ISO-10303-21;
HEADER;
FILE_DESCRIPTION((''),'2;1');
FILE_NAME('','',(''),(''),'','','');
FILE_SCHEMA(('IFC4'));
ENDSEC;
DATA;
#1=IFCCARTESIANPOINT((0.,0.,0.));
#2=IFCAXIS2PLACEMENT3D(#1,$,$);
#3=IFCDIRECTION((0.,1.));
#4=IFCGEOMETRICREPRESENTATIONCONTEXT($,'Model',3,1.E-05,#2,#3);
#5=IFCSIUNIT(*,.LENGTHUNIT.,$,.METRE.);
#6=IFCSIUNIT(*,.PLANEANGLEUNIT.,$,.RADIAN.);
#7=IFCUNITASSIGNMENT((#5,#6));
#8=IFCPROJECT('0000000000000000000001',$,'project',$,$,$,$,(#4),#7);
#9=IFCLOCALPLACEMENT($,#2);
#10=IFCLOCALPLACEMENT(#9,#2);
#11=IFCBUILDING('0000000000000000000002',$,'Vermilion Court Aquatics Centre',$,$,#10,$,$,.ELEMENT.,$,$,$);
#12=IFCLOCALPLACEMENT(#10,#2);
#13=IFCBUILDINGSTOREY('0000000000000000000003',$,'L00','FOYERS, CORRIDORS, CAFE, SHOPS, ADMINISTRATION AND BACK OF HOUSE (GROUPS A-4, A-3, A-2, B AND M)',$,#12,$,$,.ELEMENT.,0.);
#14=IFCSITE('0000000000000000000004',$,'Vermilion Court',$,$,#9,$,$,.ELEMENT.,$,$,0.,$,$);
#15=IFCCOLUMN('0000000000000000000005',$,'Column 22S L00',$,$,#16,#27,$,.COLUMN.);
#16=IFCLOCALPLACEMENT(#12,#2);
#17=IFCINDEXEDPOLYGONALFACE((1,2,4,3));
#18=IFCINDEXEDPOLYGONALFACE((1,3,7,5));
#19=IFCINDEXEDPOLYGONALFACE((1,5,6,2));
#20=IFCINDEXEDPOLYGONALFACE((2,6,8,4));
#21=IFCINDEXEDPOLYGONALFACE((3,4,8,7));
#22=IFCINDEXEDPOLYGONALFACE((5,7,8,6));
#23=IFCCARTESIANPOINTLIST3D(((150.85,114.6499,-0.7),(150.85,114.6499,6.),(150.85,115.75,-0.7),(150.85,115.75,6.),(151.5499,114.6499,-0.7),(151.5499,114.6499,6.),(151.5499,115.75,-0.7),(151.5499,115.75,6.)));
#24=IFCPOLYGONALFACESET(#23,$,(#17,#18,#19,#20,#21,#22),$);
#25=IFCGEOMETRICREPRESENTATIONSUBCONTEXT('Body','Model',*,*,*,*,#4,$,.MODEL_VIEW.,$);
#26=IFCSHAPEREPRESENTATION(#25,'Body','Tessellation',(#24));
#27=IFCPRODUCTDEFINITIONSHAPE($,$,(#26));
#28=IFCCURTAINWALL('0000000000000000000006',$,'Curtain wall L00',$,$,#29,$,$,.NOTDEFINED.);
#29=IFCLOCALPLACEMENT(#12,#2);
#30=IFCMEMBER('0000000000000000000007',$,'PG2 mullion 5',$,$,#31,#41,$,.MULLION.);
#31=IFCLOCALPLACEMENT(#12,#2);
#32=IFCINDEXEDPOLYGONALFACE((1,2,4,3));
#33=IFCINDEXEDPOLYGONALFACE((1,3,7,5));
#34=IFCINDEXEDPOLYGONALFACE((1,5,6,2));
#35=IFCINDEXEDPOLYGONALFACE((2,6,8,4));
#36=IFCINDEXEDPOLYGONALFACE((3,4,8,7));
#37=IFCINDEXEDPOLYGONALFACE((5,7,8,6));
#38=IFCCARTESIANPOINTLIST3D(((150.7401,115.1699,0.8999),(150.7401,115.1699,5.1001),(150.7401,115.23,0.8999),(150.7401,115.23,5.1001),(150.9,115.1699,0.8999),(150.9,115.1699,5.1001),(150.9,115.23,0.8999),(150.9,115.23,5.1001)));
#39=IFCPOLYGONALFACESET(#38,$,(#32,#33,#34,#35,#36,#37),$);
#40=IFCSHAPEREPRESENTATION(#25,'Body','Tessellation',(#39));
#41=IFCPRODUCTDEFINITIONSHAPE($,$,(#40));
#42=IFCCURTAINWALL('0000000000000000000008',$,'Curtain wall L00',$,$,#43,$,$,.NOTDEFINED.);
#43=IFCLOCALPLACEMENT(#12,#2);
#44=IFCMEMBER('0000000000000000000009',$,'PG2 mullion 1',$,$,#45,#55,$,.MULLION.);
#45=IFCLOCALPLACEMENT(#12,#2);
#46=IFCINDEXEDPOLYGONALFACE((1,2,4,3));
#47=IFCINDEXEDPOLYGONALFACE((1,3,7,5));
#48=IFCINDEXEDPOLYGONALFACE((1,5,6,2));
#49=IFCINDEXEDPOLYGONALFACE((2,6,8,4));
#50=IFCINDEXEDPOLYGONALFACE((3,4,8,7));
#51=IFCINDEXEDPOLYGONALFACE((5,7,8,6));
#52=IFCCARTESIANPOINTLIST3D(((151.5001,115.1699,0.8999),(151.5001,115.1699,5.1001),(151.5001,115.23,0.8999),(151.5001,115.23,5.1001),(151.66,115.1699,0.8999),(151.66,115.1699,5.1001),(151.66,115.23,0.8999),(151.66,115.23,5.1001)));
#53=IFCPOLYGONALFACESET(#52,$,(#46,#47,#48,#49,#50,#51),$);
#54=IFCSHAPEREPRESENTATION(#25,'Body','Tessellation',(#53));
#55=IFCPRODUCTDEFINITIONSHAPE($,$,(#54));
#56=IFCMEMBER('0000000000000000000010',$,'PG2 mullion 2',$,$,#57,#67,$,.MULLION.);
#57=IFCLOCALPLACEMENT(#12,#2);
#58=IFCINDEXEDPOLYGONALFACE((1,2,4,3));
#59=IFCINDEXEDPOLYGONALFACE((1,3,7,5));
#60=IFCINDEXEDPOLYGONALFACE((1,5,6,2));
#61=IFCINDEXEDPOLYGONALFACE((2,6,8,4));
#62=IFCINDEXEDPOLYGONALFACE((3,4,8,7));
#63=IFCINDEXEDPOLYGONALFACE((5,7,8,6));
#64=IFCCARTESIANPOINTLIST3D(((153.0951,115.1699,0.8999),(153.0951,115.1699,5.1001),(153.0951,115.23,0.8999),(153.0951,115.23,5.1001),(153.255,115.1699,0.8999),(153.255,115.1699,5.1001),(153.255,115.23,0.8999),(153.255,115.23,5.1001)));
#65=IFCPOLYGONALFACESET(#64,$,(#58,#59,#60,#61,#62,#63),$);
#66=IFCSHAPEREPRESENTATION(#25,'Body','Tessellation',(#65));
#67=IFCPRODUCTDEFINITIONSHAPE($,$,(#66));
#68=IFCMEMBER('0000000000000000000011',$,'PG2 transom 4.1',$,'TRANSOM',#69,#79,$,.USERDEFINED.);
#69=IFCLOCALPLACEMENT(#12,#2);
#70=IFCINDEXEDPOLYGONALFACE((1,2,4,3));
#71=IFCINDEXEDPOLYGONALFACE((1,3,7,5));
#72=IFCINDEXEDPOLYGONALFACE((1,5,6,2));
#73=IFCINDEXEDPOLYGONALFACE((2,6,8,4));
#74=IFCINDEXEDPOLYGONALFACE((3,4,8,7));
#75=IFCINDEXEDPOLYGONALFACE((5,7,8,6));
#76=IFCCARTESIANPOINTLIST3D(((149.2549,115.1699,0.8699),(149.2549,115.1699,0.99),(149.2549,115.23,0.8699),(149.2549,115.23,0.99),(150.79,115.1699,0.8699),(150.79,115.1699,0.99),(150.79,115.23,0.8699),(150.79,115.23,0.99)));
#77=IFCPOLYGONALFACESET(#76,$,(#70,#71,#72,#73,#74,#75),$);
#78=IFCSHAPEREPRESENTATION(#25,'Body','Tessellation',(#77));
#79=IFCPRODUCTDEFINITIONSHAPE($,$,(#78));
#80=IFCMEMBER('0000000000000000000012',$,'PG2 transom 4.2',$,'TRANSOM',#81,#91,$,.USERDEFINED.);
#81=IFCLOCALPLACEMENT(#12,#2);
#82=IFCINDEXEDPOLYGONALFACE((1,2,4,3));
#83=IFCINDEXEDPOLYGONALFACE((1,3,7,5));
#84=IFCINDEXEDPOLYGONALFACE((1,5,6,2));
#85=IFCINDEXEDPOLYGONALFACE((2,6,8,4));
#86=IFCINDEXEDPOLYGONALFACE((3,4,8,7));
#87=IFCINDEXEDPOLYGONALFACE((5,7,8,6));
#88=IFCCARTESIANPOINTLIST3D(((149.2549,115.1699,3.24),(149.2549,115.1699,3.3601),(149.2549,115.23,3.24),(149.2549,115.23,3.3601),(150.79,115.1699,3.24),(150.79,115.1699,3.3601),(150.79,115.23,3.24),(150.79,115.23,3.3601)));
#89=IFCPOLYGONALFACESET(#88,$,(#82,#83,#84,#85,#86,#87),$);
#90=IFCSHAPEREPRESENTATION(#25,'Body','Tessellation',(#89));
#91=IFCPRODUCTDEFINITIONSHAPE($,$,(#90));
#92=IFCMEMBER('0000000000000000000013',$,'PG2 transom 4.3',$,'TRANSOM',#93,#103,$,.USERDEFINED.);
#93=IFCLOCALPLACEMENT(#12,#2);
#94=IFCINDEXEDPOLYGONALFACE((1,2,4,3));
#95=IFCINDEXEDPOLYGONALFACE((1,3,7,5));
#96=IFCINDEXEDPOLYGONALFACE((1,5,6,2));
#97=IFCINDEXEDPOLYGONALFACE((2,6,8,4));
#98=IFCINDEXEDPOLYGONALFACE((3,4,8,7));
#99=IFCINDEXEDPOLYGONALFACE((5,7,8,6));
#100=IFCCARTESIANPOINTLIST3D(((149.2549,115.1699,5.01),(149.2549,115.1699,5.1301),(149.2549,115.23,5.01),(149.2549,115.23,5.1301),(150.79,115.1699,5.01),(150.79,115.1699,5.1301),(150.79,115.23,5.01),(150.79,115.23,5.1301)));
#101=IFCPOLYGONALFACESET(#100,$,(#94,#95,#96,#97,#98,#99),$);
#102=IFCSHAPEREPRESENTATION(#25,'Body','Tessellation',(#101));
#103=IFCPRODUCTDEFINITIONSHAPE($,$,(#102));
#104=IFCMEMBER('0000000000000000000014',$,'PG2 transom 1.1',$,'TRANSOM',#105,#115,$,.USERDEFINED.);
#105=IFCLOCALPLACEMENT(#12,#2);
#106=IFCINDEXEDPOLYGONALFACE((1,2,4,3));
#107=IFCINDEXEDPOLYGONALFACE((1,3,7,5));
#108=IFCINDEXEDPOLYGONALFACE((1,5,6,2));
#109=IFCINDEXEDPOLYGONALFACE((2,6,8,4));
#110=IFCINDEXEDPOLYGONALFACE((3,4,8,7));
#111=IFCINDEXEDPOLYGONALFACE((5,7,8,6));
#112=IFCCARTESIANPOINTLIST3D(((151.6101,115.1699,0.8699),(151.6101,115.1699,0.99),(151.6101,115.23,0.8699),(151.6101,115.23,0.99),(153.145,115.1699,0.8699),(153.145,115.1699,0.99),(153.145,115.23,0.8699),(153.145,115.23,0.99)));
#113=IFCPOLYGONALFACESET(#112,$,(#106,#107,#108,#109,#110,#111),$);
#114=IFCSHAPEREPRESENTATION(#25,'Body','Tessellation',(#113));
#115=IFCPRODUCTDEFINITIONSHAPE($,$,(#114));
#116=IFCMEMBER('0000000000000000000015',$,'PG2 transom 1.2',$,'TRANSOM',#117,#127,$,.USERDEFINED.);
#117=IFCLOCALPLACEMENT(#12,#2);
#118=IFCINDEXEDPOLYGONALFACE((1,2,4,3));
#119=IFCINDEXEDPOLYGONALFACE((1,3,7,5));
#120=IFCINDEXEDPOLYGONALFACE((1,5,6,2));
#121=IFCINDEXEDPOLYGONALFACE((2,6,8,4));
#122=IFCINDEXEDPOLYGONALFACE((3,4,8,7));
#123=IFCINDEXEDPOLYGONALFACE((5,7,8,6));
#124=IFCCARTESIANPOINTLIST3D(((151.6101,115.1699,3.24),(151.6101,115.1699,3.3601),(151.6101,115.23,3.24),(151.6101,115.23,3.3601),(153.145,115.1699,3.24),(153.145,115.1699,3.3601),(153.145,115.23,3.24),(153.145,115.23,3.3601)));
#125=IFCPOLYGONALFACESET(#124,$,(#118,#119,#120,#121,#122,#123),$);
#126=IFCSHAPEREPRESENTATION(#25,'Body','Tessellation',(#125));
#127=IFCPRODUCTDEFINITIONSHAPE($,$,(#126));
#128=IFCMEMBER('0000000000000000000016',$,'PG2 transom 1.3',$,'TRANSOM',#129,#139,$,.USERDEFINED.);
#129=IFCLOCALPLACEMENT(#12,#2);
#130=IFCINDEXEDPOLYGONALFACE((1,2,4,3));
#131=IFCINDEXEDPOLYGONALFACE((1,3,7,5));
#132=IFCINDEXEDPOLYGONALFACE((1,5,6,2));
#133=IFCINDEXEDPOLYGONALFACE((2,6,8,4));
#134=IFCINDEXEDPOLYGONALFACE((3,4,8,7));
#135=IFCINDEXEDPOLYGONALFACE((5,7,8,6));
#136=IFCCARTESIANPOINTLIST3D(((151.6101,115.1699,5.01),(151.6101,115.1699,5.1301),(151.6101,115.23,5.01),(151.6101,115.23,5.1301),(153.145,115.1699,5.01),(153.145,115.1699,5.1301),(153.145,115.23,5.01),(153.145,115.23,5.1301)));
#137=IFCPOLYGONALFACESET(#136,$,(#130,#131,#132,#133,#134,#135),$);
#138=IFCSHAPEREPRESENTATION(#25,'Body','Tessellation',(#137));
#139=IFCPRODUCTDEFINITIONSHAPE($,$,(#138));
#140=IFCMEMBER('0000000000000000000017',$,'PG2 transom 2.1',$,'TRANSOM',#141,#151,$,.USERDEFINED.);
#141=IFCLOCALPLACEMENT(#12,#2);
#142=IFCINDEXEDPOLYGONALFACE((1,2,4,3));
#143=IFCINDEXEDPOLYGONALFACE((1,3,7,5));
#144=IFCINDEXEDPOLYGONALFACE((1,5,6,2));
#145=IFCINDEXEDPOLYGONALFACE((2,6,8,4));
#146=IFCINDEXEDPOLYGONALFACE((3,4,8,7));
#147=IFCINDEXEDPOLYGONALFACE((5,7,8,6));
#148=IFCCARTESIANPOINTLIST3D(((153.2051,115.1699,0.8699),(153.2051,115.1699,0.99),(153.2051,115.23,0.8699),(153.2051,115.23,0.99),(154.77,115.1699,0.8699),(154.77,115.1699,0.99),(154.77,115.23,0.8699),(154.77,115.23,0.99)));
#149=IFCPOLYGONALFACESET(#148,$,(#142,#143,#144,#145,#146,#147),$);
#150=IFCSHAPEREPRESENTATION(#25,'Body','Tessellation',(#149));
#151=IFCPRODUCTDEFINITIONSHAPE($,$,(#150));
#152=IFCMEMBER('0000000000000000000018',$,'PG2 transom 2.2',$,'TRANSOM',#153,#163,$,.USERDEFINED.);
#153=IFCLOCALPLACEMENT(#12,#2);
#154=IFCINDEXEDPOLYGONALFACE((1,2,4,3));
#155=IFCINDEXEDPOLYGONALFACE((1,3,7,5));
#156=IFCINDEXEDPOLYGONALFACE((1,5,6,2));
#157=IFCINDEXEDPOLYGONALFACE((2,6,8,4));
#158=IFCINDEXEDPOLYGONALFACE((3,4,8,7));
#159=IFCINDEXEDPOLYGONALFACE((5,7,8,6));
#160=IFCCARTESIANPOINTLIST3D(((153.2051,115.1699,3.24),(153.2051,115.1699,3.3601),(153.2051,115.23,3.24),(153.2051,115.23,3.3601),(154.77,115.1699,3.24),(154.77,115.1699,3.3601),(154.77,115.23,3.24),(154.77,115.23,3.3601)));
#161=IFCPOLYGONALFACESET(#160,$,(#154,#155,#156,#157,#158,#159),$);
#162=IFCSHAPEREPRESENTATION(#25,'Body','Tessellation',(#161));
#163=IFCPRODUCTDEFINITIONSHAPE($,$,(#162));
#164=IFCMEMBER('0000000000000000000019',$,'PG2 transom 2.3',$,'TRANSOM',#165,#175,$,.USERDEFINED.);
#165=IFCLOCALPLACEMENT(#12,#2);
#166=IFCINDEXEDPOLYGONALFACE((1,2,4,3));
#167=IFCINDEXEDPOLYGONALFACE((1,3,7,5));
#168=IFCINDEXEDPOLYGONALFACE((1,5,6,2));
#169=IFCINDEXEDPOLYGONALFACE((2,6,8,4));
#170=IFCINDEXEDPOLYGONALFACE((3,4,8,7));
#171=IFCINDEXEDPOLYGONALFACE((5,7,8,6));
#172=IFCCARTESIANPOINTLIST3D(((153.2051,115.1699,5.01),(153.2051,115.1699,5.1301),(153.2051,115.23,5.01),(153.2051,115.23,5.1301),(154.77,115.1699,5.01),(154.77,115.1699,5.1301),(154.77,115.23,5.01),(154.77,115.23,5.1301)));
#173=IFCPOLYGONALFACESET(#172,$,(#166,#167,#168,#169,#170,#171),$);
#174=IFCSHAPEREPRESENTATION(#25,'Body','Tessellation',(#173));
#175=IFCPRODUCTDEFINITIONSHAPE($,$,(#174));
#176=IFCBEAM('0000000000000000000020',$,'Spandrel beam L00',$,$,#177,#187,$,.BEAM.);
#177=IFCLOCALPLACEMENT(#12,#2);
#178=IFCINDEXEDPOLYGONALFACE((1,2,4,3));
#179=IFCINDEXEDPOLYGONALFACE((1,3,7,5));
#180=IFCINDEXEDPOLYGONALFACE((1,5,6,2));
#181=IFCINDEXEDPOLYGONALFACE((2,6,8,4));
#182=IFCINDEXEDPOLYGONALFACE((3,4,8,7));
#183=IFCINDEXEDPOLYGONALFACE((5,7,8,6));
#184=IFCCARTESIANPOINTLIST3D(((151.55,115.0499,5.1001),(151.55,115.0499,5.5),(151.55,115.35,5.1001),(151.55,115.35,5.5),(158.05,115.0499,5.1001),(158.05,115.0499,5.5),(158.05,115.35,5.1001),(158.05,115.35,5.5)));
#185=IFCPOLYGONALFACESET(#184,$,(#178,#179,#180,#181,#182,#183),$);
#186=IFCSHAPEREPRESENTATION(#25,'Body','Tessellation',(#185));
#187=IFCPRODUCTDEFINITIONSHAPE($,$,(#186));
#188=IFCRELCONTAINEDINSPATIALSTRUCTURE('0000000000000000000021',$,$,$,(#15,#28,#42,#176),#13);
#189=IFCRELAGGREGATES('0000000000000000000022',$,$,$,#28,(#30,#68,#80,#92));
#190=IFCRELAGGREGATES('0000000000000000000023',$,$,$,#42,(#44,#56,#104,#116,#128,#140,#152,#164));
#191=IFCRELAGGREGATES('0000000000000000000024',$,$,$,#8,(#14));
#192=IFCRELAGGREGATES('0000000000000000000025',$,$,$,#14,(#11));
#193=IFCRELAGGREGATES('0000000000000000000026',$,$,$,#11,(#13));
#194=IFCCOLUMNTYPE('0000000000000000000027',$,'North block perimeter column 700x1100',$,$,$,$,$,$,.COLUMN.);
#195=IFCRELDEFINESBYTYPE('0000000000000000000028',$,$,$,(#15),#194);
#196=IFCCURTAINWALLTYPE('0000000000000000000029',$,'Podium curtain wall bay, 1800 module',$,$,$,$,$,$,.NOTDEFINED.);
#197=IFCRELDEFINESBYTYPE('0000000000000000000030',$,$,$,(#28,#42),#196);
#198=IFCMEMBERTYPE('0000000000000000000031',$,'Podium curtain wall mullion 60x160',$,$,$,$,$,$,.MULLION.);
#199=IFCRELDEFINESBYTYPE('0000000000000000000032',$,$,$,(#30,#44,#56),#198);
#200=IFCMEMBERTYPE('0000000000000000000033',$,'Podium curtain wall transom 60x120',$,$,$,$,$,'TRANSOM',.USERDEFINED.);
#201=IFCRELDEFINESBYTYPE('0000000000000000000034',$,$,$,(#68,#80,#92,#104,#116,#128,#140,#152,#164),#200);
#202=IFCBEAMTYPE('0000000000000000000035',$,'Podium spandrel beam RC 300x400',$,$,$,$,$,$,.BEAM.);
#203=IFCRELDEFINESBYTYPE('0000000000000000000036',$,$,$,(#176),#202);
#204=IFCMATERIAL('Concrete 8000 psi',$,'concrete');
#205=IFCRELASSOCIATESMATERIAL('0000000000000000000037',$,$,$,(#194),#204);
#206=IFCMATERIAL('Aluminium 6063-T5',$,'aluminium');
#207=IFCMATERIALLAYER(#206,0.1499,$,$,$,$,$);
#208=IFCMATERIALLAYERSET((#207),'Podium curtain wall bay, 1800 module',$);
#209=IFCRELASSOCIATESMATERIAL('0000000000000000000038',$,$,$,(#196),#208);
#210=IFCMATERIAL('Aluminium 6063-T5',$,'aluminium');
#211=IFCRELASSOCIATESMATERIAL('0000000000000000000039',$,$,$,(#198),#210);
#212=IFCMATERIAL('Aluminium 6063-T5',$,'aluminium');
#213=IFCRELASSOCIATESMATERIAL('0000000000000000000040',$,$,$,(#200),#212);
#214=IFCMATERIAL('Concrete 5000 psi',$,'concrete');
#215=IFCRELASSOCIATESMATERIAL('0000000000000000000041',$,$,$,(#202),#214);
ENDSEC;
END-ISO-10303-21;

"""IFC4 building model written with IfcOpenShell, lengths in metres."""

from ifc_helpers import new_model, si_unit, direction, frame, origin, origin_2d, place, context, subcontext, project, spatial, rectangle, extrude, material, layer, layer_set, material_profile, profile_set, type_object, element, aggregate, save


model = new_model("IFC4")

# Units and contexts
model_context = context("Model", 3, precision=1e-05, world=origin(), true_north=direction((0.0, 1.0)))
body_context = subcontext(model_context, "Body", "Model", "MODEL_VIEW")
ifc_project = project(units=[si_unit("LENGTHUNIT", "METRE"), si_unit("PLANEANGLEUNIT", "RADIAN")], contexts=[model_context])

# Site, building, storey
site_placement = place(None, origin())
site = spatial("IfcSite", under=ifc_project, at=site_placement, Name="Vermilion Court", CompositionType="ELEMENT", RefElevation=0.0)
building_placement = place(site_placement, origin())
building = spatial("IfcBuilding", under=site, at=building_placement, Name="Vermilion Court Aquatics Centre", CompositionType="ELEMENT")
storey_placement = place(building_placement, origin())
storey = spatial("IfcBuildingStorey", under=building, at=storey_placement, Name="L00", Description="FOYERS, CORRIDORS, CAFE, SHOPS, ADMINISTRATION AND BACK OF HOUSE (GROUPS A-4, A-3, A-2, B AND M)", CompositionType="ELEMENT", Elevation=0.0)

# Column
ifc_material_1 = material(Name="Concrete 8000 psi", Category="concrete")
ifc_material_profile_1 = material_profile(ifc_material_1, rectangle(XDim=0.7, YDim=1.1001, at=origin_2d()), Name="RC 700x1100")
ifc_profile_set_1 = profile_set([ifc_material_profile_1], Name="Concrete 8000 psi")
column_type = type_object("IfcColumnType", Name="North block perimeter column 700x1100", PredefinedType="COLUMN", material=ifc_profile_set_1)
column_placement = place(storey_placement, frame((151.2, 115.2, -0.7), z_axis=(0.0, 0.0, 1.0), x_axis=(1.0, 0.0, 0.0)))
element("IfcColumn", 1, at=column_placement, inside=storey, type_object=column_type, Name="Column 22S L00", PredefinedType="COLUMN", context=body_context, shape_type="SweptSolid", body=[
    extrude(rectangle(XDim=0.7, YDim=1.1001, at=origin_2d()), origin(), (0.0, 0.0, 1.0), 6.7),
])

# Curtain wall, member
ifc_material_2 = material(Name="Aluminium 6063-T5", Category="aluminium")
ifc_layer_1 = layer(ifc_material_2, 0.1499)
ifc_layer_set_1 = layer_set([ifc_layer_1], Name="Podium curtain wall bay, 1800 module")
curtain_wall_type = type_object("IfcCurtainWallType", Name="Podium curtain wall bay, 1800 module", PredefinedType="NOTDEFINED", material=ifc_layer_set_1)
curtain_wall_1_placement = place(storey_placement, origin())
curtain_wall_1 = element("IfcCurtainWall", 2, at=curtain_wall_1_placement, inside=storey, type_object=curtain_wall_type, Name="Curtain wall L00", PredefinedType="NOTDEFINED")
ifc_material_3 = material(Name="Aluminium 6063-T5", Category="aluminium")
ifc_material_profile_2 = material_profile(ifc_material_3, rectangle(XDim=0.0601, YDim=0.1599, at=origin_2d()), Name="Mullion 60x160")
ifc_profile_set_2 = profile_set([ifc_material_profile_2], Name="Aluminium 6063-T5")
member_type_1 = type_object("IfcMemberType", Name="Podium curtain wall mullion 60x160", PredefinedType="MULLION", material=ifc_profile_set_2)
member_1_placement = place(storey_placement, frame((150.8201, 115.2, 0.8999), z_axis=(0.0, 0.0, 1.0), x_axis=(0.0, 1.0, 0.0)))
member_1 = element("IfcMember", 3, at=member_1_placement, type_object=member_type_1, Name="PG2 mullion 5", PredefinedType="MULLION", context=body_context, shape_type="SweptSolid", body=[
    extrude(rectangle(XDim=0.0601, YDim=0.1599, at=origin_2d()), origin(), (0.0, 0.0, 1.0), 4.2002),
])

# Curtain wall, members
curtain_wall_2_placement = place(storey_placement, origin())
curtain_wall_2 = element("IfcCurtainWall", 4, at=curtain_wall_2_placement, inside=storey, type_object=curtain_wall_type, Name="Curtain wall L00", PredefinedType="NOTDEFINED")
member_2_placement = place(storey_placement, frame((151.5801, 115.2, 0.8999), z_axis=(0.0, 0.0, 1.0), x_axis=(0.0, 1.0, 0.0)))
member_2 = element("IfcMember", 5, at=member_2_placement, type_object=member_type_1, Name="PG2 mullion 1", PredefinedType="MULLION", context=body_context, shape_type="SweptSolid", body=[
    extrude(rectangle(XDim=0.0601, YDim=0.1599, at=origin_2d()), origin(), (0.0, 0.0, 1.0), 4.2002),
])
member_3_placement = place(storey_placement, frame((153.175, 115.2, 0.8999), z_axis=(0.0, 0.0, 1.0), x_axis=(0.0, 1.0, 0.0)))
member_3 = element("IfcMember", 6, at=member_3_placement, type_object=member_type_1, Name="PG2 mullion 2", PredefinedType="MULLION", context=body_context, shape_type="SweptSolid", body=[
    extrude(rectangle(XDim=0.0601, YDim=0.1599, at=origin_2d()), origin(), (0.0, 0.0, 1.0), 4.2002),
])

# Members
ifc_material_4 = material(Name="Aluminium 6063-T5", Category="aluminium")
ifc_material_profile_3 = material_profile(ifc_material_4, rectangle(XDim=0.0601, YDim=0.1201, at=origin_2d()), Name="Transom 60x120")
ifc_profile_set_3 = profile_set([ifc_material_profile_3], Name="Aluminium 6063-T5")
member_type_2 = type_object("IfcMemberType", Name="Podium curtain wall transom 60x120", ElementType="TRANSOM", PredefinedType="USERDEFINED", material=ifc_profile_set_3)
member_4_placement = place(storey_placement, frame((149.2549, 115.2, 0.9299), z_axis=(1.0, 0.0, 0.0), x_axis=(0.0, 1.0, 0.0)))
member_4 = element("IfcMember", 7, at=member_4_placement, type_object=member_type_2, Name="PG2 transom 4.1", ObjectType="TRANSOM", PredefinedType="USERDEFINED", context=body_context, shape_type="SweptSolid", body=[
    extrude(rectangle(XDim=0.0601, YDim=0.1201, at=origin_2d()), origin(), (0.0, 0.0, 1.0), 1.5352),
])
member_5_placement = place(storey_placement, frame((149.2549, 115.2, 3.3), z_axis=(1.0, 0.0, 0.0), x_axis=(0.0, 1.0, 0.0)))
member_5 = element("IfcMember", 8, at=member_5_placement, type_object=member_type_2, Name="PG2 transom 4.2", ObjectType="TRANSOM", PredefinedType="USERDEFINED", context=body_context, shape_type="SweptSolid", body=[
    extrude(rectangle(XDim=0.0601, YDim=0.1201, at=origin_2d()), origin(), (0.0, 0.0, 1.0), 1.5352),
])
member_6_placement = place(storey_placement, frame((149.2549, 115.2, 5.0701), z_axis=(1.0, 0.0, 0.0), x_axis=(0.0, 1.0, 0.0)))
member_6 = element("IfcMember", 9, at=member_6_placement, type_object=member_type_2, Name="PG2 transom 4.3", ObjectType="TRANSOM", PredefinedType="USERDEFINED", context=body_context, shape_type="SweptSolid", body=[
    extrude(rectangle(XDim=0.0601, YDim=0.1201, at=origin_2d()), origin(), (0.0, 0.0, 1.0), 1.5352),
])
member_7_placement = place(storey_placement, frame((151.6101, 115.2, 0.9299), z_axis=(1.0, 0.0, 0.0), x_axis=(0.0, 1.0, 0.0)))
member_7 = element("IfcMember", 10, at=member_7_placement, type_object=member_type_2, Name="PG2 transom 1.1", ObjectType="TRANSOM", PredefinedType="USERDEFINED", context=body_context, shape_type="SweptSolid", body=[
    extrude(rectangle(XDim=0.0601, YDim=0.1201, at=origin_2d()), origin(), (0.0, 0.0, 1.0), 1.5349),
])
member_8_placement = place(storey_placement, frame((151.6101, 115.2, 3.3), z_axis=(1.0, 0.0, 0.0), x_axis=(0.0, 1.0, 0.0)))
member_8 = element("IfcMember", 11, at=member_8_placement, type_object=member_type_2, Name="PG2 transom 1.2", ObjectType="TRANSOM", PredefinedType="USERDEFINED", context=body_context, shape_type="SweptSolid", body=[
    extrude(rectangle(XDim=0.0601, YDim=0.1201, at=origin_2d()), origin(), (0.0, 0.0, 1.0), 1.5349),
])
member_9_placement = place(storey_placement, frame((151.6101, 115.2, 5.0701), z_axis=(1.0, 0.0, 0.0), x_axis=(0.0, 1.0, 0.0)))
member_9 = element("IfcMember", 12, at=member_9_placement, type_object=member_type_2, Name="PG2 transom 1.3", ObjectType="TRANSOM", PredefinedType="USERDEFINED", context=body_context, shape_type="SweptSolid", body=[
    extrude(rectangle(XDim=0.0601, YDim=0.1201, at=origin_2d()), origin(), (0.0, 0.0, 1.0), 1.5349),
])
member_10_placement = place(storey_placement, frame((153.2051, 115.2, 0.9299), z_axis=(1.0, 0.0, 0.0), x_axis=(0.0, 1.0, 0.0)))
member_10 = element("IfcMember", 13, at=member_10_placement, type_object=member_type_2, Name="PG2 transom 2.1", ObjectType="TRANSOM", PredefinedType="USERDEFINED", context=body_context, shape_type="SweptSolid", body=[
    extrude(rectangle(XDim=0.0601, YDim=0.1201, at=origin_2d()), origin(), (0.0, 0.0, 1.0), 1.5649),
])
member_11_placement = place(storey_placement, frame((153.2051, 115.2, 3.3), z_axis=(1.0, 0.0, 0.0), x_axis=(0.0, 1.0, 0.0)))
member_11 = element("IfcMember", 14, at=member_11_placement, type_object=member_type_2, Name="PG2 transom 2.2", ObjectType="TRANSOM", PredefinedType="USERDEFINED", context=body_context, shape_type="SweptSolid", body=[
    extrude(rectangle(XDim=0.0601, YDim=0.1201, at=origin_2d()), origin(), (0.0, 0.0, 1.0), 1.5649),
])
member_12_placement = place(storey_placement, frame((153.2051, 115.2, 5.0701), z_axis=(1.0, 0.0, 0.0), x_axis=(0.0, 1.0, 0.0)))
member_12 = element("IfcMember", 15, at=member_12_placement, type_object=member_type_2, Name="PG2 transom 2.3", ObjectType="TRANSOM", PredefinedType="USERDEFINED", context=body_context, shape_type="SweptSolid", body=[
    extrude(rectangle(XDim=0.0601, YDim=0.1201, at=origin_2d()), origin(), (0.0, 0.0, 1.0), 1.5649),
])

# Beam
ifc_material_5 = material(Name="Concrete 5000 psi", Category="concrete")
ifc_material_profile_4 = material_profile(ifc_material_5, rectangle(XDim=0.3, YDim=0.3999, at=origin_2d()), Name="RC 300x400")
ifc_profile_set_4 = profile_set([ifc_material_profile_4], Name="Concrete 5000 psi")
beam_type = type_object("IfcBeamType", Name="Podium spandrel beam RC 300x400", PredefinedType="BEAM", material=ifc_profile_set_4)
beam_placement = place(storey_placement, frame((151.55, 115.2, 5.3), z_axis=(1.0, 0.0, 0.0), x_axis=(0.0, 1.0, 0.0)))
element("IfcBeam", 16, at=beam_placement, inside=storey, type_object=beam_type, Name="Spandrel beam L00", PredefinedType="BEAM", context=body_context, shape_type="SweptSolid", body=[
    extrude(rectangle(XDim=0.3, YDim=0.3999, at=origin_2d()), origin(), (0.0, 0.0, 1.0), 6.5),
])

aggregate(curtain_wall_1, [member_1, member_4, member_5, member_6])
aggregate(curtain_wall_2, [member_2, member_3, member_7, member_8, member_9, member_10, member_11, member_12])

save(model, "model.ifc")
